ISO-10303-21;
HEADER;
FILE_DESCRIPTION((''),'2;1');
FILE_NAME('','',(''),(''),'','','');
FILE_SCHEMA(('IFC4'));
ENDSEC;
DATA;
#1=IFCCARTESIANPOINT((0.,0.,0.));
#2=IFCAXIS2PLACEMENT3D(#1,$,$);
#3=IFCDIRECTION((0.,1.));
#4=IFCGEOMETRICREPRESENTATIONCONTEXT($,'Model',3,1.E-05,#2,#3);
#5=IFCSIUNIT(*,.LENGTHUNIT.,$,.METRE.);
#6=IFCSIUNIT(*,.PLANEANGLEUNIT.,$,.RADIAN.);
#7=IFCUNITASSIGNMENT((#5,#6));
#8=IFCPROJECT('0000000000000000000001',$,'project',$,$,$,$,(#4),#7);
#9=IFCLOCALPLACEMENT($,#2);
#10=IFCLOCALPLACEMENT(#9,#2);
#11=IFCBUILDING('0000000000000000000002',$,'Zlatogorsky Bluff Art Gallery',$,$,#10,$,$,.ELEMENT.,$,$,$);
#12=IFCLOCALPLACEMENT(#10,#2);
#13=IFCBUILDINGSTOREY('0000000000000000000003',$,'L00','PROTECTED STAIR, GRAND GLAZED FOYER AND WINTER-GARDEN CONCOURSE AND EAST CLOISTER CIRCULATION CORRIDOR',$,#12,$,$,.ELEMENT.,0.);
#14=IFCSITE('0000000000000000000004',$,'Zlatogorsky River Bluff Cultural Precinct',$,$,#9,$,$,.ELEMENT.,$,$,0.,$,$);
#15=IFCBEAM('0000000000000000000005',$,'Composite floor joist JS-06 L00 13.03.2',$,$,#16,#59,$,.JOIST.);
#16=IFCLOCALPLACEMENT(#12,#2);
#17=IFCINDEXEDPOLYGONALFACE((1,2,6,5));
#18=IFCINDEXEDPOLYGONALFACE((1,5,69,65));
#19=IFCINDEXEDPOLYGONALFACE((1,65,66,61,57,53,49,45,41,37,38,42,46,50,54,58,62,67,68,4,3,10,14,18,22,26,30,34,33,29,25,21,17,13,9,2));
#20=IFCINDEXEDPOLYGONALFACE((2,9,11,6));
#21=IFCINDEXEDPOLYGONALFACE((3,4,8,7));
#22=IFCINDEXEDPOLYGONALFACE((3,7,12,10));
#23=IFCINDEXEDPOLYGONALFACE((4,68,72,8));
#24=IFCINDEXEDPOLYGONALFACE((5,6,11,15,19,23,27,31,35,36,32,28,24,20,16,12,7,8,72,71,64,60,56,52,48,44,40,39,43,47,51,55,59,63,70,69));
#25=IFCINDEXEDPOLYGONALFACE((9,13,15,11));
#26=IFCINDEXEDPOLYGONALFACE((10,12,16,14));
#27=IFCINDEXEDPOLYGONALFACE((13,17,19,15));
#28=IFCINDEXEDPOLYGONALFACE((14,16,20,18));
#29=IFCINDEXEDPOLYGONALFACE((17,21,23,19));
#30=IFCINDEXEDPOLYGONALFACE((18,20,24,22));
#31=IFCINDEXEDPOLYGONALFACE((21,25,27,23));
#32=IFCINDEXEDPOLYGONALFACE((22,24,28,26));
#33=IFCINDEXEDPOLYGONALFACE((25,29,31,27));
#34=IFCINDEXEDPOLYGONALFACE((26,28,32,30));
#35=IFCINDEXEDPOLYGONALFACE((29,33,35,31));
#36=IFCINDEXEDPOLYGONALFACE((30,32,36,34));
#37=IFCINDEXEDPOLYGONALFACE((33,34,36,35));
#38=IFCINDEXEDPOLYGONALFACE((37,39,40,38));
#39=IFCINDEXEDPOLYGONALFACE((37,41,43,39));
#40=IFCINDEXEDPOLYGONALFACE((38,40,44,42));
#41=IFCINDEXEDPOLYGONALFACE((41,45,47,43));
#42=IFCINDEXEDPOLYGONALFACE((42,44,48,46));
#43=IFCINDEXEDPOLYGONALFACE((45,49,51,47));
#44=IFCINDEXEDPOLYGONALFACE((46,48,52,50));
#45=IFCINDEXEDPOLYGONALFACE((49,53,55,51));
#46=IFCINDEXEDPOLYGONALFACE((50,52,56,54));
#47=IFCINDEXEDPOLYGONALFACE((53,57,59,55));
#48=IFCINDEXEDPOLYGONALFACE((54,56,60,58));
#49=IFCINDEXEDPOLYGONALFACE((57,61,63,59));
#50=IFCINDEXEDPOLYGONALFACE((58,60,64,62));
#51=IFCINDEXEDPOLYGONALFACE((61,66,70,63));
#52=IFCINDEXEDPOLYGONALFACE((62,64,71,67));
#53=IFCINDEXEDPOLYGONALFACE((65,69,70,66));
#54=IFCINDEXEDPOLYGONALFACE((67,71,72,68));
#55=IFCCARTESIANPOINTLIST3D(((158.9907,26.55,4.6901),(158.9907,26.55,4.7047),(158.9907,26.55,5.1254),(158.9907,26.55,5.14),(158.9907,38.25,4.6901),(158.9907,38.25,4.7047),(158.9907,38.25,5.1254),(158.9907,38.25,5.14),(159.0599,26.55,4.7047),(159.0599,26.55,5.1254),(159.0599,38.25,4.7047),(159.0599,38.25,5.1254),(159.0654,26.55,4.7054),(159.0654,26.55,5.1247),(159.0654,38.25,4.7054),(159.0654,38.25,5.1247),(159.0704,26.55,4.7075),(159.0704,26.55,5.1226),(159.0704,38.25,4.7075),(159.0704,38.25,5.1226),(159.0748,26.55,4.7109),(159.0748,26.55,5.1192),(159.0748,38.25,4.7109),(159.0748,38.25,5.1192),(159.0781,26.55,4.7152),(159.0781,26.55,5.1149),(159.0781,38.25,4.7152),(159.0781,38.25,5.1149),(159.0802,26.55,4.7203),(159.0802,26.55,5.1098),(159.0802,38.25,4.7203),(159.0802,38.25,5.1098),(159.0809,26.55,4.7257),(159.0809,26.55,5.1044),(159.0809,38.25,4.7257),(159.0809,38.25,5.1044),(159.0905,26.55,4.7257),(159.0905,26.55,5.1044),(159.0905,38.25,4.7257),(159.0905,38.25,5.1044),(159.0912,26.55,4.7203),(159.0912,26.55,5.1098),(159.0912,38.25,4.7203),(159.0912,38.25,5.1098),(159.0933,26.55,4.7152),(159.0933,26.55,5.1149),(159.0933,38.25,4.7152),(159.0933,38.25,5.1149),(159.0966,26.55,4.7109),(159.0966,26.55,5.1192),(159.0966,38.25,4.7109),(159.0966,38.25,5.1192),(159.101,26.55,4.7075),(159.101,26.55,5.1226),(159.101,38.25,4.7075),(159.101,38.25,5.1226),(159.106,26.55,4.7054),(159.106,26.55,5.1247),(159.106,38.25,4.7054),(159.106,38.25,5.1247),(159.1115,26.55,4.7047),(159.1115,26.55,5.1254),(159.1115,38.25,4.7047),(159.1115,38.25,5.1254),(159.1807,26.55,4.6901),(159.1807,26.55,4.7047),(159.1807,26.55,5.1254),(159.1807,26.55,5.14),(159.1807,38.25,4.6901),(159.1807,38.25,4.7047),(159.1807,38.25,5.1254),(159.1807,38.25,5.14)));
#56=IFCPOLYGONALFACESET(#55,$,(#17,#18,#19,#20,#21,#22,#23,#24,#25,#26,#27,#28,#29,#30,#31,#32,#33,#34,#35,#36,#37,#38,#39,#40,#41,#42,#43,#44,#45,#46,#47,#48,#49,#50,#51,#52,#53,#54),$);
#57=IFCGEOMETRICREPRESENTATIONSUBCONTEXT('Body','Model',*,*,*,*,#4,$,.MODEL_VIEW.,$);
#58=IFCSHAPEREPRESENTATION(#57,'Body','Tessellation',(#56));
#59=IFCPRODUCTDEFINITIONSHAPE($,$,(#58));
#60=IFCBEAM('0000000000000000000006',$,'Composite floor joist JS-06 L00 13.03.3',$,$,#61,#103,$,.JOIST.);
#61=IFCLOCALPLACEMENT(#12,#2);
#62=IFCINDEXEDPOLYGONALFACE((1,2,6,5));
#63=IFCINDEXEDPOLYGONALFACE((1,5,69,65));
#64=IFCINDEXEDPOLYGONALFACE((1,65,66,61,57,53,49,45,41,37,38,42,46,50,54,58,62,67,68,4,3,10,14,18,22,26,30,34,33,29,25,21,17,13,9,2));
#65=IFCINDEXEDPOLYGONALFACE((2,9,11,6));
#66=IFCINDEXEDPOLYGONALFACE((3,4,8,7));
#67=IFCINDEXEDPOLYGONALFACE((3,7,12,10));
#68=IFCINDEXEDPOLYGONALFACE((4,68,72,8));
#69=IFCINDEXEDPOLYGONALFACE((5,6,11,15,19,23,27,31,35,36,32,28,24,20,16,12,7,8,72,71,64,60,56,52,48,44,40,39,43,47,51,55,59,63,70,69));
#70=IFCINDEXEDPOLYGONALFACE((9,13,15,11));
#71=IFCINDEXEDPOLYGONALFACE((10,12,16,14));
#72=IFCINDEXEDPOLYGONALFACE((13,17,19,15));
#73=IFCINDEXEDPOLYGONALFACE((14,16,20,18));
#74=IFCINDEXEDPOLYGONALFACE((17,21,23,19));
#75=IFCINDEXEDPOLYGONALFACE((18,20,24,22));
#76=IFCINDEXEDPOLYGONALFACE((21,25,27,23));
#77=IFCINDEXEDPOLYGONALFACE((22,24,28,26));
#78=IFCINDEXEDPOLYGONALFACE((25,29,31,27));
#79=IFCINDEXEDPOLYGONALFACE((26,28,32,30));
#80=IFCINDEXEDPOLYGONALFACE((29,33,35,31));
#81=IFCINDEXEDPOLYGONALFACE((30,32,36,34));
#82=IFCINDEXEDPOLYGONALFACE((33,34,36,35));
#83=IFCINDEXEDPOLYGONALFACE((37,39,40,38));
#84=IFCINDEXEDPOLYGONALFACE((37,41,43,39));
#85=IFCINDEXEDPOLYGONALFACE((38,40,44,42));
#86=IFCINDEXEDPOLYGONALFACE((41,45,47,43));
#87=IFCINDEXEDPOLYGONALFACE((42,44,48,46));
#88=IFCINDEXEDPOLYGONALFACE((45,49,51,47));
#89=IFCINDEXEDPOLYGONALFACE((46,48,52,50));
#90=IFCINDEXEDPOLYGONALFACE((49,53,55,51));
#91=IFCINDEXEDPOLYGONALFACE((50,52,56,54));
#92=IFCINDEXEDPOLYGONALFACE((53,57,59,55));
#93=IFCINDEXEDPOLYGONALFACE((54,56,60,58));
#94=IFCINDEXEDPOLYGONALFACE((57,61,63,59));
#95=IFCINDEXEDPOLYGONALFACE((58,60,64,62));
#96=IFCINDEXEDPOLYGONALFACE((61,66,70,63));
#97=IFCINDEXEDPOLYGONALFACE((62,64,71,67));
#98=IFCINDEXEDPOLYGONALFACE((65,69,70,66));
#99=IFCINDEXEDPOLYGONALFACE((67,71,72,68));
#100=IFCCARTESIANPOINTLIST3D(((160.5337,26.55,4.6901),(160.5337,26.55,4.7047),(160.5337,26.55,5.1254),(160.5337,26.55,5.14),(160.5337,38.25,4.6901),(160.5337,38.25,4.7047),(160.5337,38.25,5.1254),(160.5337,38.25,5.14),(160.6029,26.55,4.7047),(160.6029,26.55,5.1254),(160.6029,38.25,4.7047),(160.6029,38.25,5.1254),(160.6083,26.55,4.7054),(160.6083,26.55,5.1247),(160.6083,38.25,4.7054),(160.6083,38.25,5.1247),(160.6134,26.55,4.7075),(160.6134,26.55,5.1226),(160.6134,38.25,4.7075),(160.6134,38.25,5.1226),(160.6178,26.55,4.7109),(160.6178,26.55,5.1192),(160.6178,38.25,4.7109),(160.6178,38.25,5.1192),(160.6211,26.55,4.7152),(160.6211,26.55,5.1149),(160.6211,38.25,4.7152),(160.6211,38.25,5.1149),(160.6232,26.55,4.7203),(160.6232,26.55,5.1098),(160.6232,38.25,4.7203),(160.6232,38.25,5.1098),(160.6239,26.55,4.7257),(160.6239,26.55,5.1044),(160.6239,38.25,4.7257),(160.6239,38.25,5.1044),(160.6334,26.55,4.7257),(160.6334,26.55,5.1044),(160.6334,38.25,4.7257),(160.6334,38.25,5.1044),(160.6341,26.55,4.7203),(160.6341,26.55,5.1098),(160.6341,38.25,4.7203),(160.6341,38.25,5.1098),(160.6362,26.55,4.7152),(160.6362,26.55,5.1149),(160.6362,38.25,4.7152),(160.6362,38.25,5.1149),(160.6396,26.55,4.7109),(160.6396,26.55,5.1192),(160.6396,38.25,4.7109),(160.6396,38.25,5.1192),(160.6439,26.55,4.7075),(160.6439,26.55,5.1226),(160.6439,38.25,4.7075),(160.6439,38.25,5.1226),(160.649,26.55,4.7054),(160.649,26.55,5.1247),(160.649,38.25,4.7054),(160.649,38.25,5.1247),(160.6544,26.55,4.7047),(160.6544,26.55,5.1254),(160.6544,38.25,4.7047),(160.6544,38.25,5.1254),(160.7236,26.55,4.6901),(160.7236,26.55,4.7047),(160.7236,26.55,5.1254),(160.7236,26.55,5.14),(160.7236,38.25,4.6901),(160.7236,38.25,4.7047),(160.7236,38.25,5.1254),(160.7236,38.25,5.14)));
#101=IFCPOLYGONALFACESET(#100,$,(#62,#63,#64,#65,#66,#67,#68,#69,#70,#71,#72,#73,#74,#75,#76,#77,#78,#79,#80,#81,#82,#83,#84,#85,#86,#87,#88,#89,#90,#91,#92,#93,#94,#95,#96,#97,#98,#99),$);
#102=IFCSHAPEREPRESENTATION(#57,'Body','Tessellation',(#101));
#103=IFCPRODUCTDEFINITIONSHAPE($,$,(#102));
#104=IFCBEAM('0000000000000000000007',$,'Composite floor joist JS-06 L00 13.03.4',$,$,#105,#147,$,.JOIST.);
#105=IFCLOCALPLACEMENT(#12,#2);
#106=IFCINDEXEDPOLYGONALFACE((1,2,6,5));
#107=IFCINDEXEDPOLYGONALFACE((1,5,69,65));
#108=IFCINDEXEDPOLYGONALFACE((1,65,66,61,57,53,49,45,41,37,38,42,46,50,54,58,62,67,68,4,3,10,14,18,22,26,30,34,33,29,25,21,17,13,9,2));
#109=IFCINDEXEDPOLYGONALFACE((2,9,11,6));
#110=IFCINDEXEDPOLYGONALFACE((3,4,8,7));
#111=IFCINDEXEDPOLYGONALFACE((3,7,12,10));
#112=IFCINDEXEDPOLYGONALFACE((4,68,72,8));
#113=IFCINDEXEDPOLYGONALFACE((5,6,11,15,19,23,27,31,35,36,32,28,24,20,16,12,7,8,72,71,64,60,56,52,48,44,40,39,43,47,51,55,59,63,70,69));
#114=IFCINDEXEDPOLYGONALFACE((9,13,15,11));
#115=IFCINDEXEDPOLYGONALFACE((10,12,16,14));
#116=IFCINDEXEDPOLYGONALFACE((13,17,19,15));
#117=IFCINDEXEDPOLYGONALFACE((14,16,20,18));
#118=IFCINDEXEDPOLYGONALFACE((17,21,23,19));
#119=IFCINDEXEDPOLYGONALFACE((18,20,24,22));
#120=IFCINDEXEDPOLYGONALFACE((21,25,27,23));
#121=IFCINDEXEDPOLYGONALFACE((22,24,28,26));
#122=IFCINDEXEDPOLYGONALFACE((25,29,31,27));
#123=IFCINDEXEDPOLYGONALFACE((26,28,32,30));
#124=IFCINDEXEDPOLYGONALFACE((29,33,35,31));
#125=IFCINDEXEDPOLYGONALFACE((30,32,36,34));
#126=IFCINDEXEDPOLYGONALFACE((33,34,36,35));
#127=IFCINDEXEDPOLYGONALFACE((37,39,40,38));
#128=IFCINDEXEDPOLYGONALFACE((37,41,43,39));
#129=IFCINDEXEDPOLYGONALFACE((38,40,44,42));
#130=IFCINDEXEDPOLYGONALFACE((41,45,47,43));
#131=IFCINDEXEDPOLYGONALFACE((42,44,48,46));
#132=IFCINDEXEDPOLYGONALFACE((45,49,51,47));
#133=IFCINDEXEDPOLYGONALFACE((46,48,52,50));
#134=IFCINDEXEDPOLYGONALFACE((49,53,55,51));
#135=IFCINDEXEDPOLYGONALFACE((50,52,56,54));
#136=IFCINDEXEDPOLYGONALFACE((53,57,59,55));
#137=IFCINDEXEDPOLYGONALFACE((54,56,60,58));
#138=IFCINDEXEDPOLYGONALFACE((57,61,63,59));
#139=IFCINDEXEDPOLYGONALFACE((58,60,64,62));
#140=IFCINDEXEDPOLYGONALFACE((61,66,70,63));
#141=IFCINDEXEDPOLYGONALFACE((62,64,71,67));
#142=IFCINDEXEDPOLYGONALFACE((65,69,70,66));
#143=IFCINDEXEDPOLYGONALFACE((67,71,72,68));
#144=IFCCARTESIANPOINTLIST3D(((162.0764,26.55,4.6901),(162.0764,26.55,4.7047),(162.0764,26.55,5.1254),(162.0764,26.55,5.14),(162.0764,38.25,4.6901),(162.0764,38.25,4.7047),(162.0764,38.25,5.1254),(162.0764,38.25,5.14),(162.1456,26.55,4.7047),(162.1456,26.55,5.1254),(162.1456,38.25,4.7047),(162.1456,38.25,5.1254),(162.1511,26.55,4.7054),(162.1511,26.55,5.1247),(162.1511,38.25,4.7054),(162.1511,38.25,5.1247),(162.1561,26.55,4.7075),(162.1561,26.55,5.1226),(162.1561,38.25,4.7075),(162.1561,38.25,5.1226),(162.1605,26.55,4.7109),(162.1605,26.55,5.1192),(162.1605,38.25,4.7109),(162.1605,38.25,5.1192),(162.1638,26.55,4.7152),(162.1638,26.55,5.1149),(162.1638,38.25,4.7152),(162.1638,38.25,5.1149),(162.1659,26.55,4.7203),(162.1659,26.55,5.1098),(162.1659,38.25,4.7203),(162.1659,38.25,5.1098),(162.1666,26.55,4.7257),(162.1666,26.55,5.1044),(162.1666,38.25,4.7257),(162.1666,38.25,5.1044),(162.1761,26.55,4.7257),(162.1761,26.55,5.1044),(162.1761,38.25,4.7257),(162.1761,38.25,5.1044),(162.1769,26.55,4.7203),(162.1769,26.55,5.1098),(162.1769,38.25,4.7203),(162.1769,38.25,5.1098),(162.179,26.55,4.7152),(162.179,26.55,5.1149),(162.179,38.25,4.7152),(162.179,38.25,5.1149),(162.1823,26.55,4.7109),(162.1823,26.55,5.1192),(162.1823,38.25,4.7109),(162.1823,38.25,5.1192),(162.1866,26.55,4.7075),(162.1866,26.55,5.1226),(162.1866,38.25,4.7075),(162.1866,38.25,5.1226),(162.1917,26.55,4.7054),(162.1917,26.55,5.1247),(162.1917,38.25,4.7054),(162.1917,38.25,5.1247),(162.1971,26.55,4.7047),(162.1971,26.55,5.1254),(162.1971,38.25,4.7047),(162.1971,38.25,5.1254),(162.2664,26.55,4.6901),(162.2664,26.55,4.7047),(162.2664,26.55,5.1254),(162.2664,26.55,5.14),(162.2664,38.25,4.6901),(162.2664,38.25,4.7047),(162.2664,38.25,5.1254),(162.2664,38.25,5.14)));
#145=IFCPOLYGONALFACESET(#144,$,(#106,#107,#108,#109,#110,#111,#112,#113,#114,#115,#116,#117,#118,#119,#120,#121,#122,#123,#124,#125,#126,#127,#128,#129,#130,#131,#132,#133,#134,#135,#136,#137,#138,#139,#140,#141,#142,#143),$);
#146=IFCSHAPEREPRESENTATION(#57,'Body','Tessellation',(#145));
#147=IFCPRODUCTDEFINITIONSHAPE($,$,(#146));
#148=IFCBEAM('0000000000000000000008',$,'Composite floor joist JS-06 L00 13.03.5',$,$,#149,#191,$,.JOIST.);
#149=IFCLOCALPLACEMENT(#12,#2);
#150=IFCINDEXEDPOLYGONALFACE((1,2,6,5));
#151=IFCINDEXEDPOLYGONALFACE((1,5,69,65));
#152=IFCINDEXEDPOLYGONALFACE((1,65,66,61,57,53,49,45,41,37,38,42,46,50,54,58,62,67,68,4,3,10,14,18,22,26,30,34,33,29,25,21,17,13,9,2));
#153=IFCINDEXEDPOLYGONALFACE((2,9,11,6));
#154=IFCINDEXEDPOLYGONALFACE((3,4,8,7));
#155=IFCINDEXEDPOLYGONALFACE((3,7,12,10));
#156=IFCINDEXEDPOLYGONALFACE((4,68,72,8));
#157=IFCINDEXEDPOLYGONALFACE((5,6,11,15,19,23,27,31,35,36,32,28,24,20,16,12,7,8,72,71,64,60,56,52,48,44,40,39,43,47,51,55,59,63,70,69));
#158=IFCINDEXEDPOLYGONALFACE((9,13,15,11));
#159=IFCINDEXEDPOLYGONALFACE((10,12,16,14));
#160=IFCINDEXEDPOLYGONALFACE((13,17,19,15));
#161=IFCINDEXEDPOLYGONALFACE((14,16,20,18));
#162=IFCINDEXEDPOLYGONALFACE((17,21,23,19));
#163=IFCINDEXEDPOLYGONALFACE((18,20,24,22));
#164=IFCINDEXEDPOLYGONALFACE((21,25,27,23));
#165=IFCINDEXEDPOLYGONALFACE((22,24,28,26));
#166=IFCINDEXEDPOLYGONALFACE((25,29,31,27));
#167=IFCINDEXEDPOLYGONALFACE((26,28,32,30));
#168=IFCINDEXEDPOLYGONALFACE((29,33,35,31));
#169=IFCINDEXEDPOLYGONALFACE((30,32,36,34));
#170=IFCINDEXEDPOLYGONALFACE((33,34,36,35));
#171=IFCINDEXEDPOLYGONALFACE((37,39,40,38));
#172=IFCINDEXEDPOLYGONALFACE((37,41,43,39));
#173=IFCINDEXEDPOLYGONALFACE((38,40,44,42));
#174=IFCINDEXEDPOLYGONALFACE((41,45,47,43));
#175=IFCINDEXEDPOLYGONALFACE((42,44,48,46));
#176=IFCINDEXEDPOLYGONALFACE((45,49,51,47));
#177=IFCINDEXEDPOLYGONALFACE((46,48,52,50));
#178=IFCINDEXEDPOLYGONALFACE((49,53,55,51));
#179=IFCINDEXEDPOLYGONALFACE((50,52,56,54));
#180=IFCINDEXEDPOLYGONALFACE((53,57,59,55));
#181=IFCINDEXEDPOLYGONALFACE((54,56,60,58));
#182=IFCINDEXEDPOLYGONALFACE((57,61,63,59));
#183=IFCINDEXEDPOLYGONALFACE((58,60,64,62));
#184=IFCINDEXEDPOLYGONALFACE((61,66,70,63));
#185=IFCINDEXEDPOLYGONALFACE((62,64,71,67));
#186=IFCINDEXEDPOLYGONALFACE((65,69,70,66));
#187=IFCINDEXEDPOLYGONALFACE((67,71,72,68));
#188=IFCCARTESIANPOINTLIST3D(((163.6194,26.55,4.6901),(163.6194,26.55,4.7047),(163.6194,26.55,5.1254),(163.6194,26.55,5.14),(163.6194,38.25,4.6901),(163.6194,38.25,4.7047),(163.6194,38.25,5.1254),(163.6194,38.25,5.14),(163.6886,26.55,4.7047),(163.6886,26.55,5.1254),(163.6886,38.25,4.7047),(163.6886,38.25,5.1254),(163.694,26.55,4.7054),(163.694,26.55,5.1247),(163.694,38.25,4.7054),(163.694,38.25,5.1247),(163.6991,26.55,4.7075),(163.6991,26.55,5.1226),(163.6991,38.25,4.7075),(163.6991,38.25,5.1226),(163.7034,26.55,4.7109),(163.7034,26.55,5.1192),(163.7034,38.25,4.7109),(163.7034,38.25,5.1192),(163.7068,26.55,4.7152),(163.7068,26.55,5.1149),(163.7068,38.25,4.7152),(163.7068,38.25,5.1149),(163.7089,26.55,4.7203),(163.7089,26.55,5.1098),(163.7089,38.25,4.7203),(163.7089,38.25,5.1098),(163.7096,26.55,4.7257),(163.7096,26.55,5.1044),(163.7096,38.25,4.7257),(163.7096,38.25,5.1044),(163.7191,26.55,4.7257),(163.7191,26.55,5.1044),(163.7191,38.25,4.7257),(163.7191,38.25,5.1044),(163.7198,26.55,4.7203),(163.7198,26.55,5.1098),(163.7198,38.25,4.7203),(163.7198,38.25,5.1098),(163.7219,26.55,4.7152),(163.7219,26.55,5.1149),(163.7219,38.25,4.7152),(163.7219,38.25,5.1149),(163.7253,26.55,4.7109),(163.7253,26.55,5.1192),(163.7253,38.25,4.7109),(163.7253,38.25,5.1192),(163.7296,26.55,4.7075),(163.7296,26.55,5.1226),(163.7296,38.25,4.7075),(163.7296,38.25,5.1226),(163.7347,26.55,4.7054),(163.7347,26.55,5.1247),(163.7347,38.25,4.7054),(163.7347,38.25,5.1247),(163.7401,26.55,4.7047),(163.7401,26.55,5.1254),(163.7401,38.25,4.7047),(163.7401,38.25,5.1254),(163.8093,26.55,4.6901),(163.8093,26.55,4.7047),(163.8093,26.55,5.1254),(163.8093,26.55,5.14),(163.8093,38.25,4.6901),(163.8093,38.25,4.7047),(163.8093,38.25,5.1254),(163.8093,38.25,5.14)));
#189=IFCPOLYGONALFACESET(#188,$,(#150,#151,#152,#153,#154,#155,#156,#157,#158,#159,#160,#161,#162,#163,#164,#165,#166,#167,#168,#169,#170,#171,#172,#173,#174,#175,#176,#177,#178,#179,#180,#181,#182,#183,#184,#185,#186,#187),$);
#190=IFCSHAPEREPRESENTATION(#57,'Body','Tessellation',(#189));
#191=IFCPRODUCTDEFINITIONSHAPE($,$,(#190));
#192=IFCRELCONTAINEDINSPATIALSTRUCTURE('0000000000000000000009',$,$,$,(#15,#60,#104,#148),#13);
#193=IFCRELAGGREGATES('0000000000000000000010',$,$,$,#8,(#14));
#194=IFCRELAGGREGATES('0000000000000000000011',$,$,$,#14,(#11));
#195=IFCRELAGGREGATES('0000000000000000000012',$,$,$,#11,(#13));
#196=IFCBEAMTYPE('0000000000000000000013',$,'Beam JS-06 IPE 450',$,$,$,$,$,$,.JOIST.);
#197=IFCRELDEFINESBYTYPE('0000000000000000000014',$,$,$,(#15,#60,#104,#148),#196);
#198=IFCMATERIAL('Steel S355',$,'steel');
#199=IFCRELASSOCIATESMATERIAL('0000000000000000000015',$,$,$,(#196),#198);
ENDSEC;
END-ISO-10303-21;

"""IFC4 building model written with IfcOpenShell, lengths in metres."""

from ifc_helpers import new_model, si_unit, direction, frame, origin, origin_2d, place, context, subcontext, project, spatial, i_section, extrude, material, material_profile, profile_set, type_object, element, save


model = new_model("IFC4")

# Units and contexts
model_context = context("Model", 3, precision=1e-05, world=origin(), true_north=direction((0.0, 1.0)))
body_context = subcontext(model_context, "Body", "Model", "MODEL_VIEW")
ifc_project = project(units=[si_unit("LENGTHUNIT", "METRE"), si_unit("PLANEANGLEUNIT", "RADIAN")], contexts=[model_context])

# Site, building, storey
site_placement = place(None, origin())
site = spatial("IfcSite", under=ifc_project, at=site_placement, Name="Zlatogorsky River Bluff Cultural Precinct", CompositionType="ELEMENT", RefElevation=0.0)
building_placement = place(site_placement, origin())
building = spatial("IfcBuilding", under=site, at=building_placement, Name="Zlatogorsky Bluff Art Gallery", CompositionType="ELEMENT")
storey_placement = place(building_placement, origin())
storey = spatial("IfcBuildingStorey", under=building, at=storey_placement, Name="L00", Description="PROTECTED STAIR, GRAND GLAZED FOYER AND WINTER-GARDEN CONCOURSE AND EAST CLOISTER CIRCULATION CORRIDOR", CompositionType="ELEMENT", Elevation=0.0)

# Beams
ifc_material_1 = material(Name="Steel S355", Category="steel")
ifc_material_profile_1 = material_profile(ifc_material_1, i_section(OverallWidth=0.1899, OverallDepth=0.45, WebThickness=0.0095, FlangeThickness=0.0146, FilletRadius=0.021, at=origin_2d()), Name="IPE 450")
ifc_profile_set_1 = profile_set([ifc_material_profile_1], Name="Steel S355")
beam_type_1 = type_object("IfcBeamType", Name="Beam JS-06 IPE 450", PredefinedType="JOIST", material=ifc_profile_set_1)
for number, where, z_axis, x_axis, name in (
    (1, (159.0857, 26.55, 4.915), (0.0, 1.0, 0.0), (-1.0, 0.0, 0.0), "Composite floor joist JS-06 L00 13.03.2"),
    (2, (160.6287, 26.55, 4.915), (0.0, 1.0, 0.0), (-1.0, 0.0, 0.0), "Composite floor joist JS-06 L00 13.03.3"),
    (3, (162.1714, 26.55, 4.915), (0.0, 1.0, 0.0), (-1.0, 0.0, 0.0), "Composite floor joist JS-06 L00 13.03.4"),
    (4, (163.7144, 26.55, 4.915), (0.0, 1.0, 0.0), (-1.0, 0.0, 0.0), "Composite floor joist JS-06 L00 13.03.5"),
):
    element("IfcBeam", number, at=place(storey_placement, frame(where, z_axis=z_axis, x_axis=x_axis)), inside=storey, type_object=beam_type_1, Name=name, PredefinedType="JOIST", context=body_context, shape_type="SweptSolid", body=[
        extrude(i_section(OverallWidth=0.1899, OverallDepth=0.45, WebThickness=0.0095, FlangeThickness=0.0146, FilletRadius=0.021, at=origin_2d()), origin(), (0.0, 0.0, 1.0), 11.7),
    ])

save(model, "model.ifc")
